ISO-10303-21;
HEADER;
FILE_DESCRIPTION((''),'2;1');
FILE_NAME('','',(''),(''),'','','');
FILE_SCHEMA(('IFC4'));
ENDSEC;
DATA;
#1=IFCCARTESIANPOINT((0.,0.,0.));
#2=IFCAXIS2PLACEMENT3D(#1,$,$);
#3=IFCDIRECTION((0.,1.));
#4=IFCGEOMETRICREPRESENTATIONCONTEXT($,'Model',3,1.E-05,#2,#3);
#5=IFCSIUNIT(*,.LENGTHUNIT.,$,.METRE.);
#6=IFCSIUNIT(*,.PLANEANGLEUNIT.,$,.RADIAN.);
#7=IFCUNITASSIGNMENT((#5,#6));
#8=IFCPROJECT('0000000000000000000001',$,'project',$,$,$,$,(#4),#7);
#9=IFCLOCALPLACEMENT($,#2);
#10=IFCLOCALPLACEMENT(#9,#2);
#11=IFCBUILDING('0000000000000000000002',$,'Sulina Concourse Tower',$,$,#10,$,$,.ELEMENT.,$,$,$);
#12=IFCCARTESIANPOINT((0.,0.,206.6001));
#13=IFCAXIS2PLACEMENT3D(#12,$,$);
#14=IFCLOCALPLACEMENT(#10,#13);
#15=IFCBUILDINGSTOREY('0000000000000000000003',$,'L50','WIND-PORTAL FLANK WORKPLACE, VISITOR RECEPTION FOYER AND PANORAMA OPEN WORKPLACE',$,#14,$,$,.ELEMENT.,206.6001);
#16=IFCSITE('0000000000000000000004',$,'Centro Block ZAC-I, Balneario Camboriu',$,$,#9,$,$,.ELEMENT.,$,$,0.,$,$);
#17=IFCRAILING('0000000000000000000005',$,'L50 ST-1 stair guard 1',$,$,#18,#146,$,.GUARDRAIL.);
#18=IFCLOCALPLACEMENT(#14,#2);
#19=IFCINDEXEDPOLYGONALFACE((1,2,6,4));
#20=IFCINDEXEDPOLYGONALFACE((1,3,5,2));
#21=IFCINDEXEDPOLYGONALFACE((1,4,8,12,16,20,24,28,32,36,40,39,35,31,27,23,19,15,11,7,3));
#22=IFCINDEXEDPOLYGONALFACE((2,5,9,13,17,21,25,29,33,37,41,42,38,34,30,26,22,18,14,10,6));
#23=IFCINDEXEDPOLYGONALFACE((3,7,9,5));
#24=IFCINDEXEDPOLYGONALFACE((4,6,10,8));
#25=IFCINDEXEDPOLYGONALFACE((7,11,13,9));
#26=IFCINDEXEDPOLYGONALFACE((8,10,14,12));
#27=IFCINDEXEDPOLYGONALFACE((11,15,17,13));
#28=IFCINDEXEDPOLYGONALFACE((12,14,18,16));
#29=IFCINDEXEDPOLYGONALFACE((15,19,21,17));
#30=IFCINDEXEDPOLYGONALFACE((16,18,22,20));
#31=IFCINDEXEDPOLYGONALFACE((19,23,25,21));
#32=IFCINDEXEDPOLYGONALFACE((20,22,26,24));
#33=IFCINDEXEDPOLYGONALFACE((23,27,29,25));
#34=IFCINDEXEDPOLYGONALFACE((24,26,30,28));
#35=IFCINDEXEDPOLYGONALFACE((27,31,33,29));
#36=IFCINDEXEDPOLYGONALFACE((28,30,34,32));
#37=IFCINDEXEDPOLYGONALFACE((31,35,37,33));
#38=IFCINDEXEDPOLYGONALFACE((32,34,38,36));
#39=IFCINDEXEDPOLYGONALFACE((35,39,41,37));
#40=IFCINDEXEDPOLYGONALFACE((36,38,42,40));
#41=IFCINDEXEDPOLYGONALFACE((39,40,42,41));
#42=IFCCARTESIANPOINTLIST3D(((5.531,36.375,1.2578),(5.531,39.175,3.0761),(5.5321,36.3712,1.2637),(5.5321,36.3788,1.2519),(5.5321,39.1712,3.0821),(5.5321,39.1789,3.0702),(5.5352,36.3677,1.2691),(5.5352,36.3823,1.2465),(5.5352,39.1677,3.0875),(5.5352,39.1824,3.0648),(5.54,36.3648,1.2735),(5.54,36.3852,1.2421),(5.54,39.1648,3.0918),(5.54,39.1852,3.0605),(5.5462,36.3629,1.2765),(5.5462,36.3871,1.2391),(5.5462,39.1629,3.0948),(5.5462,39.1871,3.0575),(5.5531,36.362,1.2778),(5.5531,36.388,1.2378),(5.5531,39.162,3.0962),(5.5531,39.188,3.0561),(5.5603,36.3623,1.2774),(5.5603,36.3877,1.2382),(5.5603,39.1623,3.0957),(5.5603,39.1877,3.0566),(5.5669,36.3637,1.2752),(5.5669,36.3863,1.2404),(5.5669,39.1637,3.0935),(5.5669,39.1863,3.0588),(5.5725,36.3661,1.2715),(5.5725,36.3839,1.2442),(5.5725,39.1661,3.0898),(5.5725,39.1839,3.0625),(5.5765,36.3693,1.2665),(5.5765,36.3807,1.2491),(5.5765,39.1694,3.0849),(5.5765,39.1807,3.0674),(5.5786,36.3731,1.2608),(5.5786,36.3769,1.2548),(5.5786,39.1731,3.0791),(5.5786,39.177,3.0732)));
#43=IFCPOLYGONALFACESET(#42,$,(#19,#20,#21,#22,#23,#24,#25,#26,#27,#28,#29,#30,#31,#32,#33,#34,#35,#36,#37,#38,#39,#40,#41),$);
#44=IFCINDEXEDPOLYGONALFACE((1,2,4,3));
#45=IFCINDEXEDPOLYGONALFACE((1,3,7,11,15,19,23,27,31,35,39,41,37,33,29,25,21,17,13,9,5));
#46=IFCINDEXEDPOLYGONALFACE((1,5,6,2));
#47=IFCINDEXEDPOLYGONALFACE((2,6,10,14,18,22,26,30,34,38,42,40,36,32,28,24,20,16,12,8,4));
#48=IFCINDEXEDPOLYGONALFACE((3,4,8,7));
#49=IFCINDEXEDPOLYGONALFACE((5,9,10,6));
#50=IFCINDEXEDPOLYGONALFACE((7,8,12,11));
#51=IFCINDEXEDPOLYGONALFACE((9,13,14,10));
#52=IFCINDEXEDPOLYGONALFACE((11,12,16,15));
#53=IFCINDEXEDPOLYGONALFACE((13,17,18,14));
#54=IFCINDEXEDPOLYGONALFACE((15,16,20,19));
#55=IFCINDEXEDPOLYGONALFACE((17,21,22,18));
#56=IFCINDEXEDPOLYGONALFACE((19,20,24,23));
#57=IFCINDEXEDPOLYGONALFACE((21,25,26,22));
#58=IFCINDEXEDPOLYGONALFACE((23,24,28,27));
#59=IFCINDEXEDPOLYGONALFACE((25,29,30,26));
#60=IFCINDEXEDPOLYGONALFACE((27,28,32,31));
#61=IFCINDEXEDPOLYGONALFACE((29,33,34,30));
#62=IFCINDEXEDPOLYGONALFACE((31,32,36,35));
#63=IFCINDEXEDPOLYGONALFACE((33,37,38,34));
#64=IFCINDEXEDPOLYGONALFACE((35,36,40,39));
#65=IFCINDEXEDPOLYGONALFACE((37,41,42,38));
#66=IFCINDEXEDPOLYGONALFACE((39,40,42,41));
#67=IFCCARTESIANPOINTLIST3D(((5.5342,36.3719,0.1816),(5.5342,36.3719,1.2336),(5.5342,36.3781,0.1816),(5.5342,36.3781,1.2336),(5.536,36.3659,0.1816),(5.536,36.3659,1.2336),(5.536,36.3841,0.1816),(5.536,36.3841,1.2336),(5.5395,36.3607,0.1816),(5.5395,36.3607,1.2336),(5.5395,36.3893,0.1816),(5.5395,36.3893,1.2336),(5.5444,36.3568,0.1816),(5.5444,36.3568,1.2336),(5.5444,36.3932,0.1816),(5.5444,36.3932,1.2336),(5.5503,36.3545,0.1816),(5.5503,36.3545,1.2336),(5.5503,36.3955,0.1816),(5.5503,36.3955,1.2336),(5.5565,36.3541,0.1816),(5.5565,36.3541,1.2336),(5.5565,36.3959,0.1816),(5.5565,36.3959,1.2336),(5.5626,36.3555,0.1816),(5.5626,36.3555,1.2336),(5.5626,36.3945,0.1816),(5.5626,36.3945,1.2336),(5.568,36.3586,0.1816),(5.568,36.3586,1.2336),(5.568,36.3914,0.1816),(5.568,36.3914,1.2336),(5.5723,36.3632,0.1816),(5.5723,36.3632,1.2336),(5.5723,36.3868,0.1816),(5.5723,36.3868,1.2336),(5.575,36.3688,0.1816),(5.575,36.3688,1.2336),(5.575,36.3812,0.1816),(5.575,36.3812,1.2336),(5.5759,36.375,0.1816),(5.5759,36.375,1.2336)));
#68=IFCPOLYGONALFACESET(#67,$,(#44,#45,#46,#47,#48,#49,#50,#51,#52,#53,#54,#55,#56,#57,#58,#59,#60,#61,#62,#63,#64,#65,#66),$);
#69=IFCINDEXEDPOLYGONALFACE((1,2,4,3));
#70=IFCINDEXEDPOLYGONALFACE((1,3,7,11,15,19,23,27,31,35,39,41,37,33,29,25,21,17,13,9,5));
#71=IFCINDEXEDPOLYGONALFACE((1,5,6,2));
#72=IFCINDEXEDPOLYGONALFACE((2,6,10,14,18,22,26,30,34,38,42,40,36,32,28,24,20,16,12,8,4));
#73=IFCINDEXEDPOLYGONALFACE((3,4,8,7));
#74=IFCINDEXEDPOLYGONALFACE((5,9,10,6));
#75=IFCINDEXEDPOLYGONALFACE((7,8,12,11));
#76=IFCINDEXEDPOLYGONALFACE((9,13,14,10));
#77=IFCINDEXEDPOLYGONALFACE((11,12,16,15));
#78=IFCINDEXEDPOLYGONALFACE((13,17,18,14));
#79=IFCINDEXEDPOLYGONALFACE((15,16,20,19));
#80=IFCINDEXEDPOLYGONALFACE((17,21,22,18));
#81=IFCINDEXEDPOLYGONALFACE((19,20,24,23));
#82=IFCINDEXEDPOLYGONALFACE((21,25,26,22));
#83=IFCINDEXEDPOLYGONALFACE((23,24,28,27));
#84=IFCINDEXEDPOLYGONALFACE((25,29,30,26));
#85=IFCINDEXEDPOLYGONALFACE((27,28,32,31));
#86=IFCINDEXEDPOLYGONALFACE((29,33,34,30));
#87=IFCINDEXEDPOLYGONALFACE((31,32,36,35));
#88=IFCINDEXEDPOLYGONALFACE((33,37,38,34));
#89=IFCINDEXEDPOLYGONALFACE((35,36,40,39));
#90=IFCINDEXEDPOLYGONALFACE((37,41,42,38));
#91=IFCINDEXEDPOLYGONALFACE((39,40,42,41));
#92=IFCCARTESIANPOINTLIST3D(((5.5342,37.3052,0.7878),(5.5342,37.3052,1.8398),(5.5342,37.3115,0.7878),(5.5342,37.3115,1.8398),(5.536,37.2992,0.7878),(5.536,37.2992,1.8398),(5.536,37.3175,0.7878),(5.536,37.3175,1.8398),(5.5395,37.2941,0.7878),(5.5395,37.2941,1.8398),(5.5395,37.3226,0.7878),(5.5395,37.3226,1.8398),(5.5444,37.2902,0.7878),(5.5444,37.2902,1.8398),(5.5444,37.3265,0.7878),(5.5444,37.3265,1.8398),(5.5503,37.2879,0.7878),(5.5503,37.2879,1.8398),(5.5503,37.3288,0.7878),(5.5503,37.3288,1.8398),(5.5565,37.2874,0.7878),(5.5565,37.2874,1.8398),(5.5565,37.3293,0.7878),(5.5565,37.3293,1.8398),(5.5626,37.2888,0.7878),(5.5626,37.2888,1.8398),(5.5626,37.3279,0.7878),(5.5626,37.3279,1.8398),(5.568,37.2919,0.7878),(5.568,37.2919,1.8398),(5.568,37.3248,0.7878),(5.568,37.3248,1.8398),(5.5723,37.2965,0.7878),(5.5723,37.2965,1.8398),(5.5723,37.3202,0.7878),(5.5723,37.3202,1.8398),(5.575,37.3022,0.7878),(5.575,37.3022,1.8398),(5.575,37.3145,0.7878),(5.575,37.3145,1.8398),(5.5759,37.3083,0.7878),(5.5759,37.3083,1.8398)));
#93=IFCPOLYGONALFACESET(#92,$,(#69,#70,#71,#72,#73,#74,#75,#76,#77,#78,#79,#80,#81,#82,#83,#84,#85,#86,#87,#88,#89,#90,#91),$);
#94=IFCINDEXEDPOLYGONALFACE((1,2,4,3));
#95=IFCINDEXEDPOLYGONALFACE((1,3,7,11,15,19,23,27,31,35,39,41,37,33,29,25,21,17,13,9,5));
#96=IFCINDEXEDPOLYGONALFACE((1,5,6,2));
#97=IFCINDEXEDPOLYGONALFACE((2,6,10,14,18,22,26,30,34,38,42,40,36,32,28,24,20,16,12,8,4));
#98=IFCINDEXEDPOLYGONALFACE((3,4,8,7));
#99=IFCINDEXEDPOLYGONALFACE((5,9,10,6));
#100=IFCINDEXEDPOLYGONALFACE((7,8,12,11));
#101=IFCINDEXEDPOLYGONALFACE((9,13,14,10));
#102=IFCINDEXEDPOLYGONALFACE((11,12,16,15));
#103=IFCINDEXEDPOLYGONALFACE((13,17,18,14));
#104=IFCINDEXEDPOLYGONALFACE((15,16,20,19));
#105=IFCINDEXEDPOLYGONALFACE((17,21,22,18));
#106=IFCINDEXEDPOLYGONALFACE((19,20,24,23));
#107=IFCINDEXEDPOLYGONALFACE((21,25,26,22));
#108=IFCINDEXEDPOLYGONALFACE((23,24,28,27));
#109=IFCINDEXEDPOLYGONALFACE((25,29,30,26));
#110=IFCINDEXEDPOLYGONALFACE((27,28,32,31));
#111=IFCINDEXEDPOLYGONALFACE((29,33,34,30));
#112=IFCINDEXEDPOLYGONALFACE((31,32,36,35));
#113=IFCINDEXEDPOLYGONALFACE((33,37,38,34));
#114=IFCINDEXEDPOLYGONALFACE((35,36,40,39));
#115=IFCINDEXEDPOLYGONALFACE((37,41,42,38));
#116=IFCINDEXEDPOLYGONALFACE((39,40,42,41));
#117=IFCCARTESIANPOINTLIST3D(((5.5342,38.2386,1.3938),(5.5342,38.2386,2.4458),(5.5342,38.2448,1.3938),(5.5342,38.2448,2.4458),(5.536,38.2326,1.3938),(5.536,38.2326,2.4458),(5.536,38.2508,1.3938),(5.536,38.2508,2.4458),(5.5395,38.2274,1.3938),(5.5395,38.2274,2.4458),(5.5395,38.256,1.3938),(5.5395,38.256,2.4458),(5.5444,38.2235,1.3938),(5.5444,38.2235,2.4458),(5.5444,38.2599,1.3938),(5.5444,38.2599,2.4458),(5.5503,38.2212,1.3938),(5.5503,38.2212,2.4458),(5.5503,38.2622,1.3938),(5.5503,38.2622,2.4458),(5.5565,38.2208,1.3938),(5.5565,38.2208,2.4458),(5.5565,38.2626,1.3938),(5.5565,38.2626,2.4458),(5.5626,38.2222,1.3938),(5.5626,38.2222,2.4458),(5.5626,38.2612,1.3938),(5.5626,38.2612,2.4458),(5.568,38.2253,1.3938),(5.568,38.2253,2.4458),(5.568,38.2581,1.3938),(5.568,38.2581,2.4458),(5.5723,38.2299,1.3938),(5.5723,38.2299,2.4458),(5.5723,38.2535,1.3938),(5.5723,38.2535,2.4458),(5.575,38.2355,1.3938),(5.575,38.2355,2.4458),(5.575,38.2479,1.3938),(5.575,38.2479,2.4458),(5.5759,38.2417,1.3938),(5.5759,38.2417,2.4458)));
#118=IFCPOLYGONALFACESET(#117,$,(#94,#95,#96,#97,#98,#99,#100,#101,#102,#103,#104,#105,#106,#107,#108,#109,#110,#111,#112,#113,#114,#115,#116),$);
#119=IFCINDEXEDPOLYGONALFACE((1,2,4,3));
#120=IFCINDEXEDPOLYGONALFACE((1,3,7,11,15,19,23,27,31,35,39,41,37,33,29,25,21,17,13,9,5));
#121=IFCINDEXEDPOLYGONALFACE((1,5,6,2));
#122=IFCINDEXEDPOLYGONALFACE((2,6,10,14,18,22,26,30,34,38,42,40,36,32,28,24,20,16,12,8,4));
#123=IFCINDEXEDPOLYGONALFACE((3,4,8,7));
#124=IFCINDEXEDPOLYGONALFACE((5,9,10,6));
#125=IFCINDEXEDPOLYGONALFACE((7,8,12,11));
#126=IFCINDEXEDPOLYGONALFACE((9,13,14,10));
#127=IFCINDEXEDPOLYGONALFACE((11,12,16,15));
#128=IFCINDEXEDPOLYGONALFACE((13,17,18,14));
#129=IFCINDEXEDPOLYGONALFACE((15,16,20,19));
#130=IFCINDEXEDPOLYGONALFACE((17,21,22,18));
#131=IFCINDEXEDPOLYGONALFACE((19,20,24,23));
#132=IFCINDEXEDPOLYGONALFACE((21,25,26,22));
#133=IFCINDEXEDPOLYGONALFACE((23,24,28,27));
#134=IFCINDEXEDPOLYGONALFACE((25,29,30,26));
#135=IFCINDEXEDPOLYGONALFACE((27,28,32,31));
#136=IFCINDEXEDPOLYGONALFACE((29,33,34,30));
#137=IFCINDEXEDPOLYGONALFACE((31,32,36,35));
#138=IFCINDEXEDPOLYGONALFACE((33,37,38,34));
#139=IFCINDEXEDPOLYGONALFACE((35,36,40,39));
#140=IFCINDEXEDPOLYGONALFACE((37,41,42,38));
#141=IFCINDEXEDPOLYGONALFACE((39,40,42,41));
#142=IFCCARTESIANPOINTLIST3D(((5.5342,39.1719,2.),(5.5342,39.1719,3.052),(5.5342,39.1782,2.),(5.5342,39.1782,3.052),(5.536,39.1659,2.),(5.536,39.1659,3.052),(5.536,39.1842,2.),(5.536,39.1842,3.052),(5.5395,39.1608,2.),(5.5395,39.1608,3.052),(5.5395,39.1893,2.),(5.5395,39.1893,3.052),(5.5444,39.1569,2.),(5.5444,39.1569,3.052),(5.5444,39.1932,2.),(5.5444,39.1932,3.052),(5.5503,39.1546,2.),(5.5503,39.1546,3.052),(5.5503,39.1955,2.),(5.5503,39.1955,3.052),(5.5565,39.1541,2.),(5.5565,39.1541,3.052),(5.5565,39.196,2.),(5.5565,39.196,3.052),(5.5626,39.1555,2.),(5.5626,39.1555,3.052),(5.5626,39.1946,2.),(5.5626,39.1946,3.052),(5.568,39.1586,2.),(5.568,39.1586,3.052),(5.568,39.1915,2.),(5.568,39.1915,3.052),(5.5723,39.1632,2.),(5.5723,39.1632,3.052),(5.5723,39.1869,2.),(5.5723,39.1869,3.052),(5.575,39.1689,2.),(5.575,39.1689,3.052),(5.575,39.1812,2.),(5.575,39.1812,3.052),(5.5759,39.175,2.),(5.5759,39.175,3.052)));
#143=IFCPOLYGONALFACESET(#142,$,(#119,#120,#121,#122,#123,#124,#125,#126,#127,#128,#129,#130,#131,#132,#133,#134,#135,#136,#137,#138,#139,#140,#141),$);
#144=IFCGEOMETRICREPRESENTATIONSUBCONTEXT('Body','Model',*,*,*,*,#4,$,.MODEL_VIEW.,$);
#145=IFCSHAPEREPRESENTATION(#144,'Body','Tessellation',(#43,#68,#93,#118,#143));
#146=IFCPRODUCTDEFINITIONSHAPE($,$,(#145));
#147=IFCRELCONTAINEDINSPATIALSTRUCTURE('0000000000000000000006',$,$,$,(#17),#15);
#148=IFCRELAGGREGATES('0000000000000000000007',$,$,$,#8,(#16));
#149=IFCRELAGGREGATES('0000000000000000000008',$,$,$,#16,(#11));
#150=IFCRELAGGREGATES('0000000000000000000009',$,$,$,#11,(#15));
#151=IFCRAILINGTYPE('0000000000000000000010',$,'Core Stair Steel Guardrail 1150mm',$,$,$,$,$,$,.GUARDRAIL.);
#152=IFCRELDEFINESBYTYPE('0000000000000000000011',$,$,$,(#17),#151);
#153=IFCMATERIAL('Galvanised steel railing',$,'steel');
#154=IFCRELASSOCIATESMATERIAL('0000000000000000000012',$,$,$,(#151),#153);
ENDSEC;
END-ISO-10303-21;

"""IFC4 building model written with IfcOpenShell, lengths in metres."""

from ifc_helpers import new_model, si_unit, direction, frame, origin, origin_2d, place, context, subcontext, project, spatial, circle, extrude, material, type_object, element, save


model = new_model("IFC4")

# Units and contexts
model_context = context("Model", 3, precision=1e-05, world=origin(), true_north=direction((0.0, 1.0)))
body_context = subcontext(model_context, "Body", "Model", "MODEL_VIEW")
ifc_project = project(units=[si_unit("LENGTHUNIT", "METRE"), si_unit("PLANEANGLEUNIT", "RADIAN")], contexts=[model_context])

# Site, building, storey
site_placement = place(None, origin())
site = spatial("IfcSite", under=ifc_project, at=site_placement, Name="Centro Block ZAC-I, Balneario Camboriu", CompositionType="ELEMENT", RefElevation=0.0)
building_placement = place(site_placement, origin())
building = spatial("IfcBuilding", under=site, at=building_placement, Name="Sulina Concourse Tower", CompositionType="ELEMENT")
storey_placement = place(building_placement, frame((0.0, 0.0, 206.6001)))
storey = spatial("IfcBuildingStorey", under=building, at=storey_placement, Name="L50", Description="WIND-PORTAL FLANK WORKPLACE, VISITOR RECEPTION FOYER AND PANORAMA OPEN WORKPLACE", CompositionType="ELEMENT", Elevation=206.6001)

# Railing
ifc_material_1 = material(Name="Galvanised steel railing", Category="steel")
railing_type_1 = type_object("IfcRailingType", Name="Core Stair Steel Guardrail 1150mm", PredefinedType="GUARDRAIL", material=ifc_material_1)
railing_1_placement = place(storey_placement, frame((5.5549, 36.375, 0.1816)))
element("IfcRailing", 1, at=railing_1_placement, inside=storey, type_object=railing_type_1, Name="L50 ST-1 stair guard 1", PredefinedType="GUARDRAIL", context=body_context, shape_type="SweptSolid", body=[
    extrude(circle(Radius=0.0239, at=origin_2d()), frame((0.0, 0.0, 1.0762), z_axis=(0.0, 0.838672, 0.544636), x_axis=(-1.0, 0.0, 0.0)), (0.0, 0.0, 1.0), 3.3386),
    extrude(circle(Radius=0.021, at=origin_2d()), origin(), (0.0, 0.0, 1.0), 1.052),
    extrude(circle(Radius=0.021, at=origin_2d()), frame((0.0, 0.9333, 0.6062)), (0.0, 0.0, 1.0), 1.052),
    extrude(circle(Radius=0.021, at=origin_2d()), frame((0.0, 1.8667, 1.2122)), (0.0, 0.0, 1.0), 1.052),
    extrude(circle(Radius=0.021, at=origin_2d()), frame((0.0, 2.8, 1.8184)), (0.0, 0.0, 1.0), 1.052),
])

save(model, "model.ifc")
